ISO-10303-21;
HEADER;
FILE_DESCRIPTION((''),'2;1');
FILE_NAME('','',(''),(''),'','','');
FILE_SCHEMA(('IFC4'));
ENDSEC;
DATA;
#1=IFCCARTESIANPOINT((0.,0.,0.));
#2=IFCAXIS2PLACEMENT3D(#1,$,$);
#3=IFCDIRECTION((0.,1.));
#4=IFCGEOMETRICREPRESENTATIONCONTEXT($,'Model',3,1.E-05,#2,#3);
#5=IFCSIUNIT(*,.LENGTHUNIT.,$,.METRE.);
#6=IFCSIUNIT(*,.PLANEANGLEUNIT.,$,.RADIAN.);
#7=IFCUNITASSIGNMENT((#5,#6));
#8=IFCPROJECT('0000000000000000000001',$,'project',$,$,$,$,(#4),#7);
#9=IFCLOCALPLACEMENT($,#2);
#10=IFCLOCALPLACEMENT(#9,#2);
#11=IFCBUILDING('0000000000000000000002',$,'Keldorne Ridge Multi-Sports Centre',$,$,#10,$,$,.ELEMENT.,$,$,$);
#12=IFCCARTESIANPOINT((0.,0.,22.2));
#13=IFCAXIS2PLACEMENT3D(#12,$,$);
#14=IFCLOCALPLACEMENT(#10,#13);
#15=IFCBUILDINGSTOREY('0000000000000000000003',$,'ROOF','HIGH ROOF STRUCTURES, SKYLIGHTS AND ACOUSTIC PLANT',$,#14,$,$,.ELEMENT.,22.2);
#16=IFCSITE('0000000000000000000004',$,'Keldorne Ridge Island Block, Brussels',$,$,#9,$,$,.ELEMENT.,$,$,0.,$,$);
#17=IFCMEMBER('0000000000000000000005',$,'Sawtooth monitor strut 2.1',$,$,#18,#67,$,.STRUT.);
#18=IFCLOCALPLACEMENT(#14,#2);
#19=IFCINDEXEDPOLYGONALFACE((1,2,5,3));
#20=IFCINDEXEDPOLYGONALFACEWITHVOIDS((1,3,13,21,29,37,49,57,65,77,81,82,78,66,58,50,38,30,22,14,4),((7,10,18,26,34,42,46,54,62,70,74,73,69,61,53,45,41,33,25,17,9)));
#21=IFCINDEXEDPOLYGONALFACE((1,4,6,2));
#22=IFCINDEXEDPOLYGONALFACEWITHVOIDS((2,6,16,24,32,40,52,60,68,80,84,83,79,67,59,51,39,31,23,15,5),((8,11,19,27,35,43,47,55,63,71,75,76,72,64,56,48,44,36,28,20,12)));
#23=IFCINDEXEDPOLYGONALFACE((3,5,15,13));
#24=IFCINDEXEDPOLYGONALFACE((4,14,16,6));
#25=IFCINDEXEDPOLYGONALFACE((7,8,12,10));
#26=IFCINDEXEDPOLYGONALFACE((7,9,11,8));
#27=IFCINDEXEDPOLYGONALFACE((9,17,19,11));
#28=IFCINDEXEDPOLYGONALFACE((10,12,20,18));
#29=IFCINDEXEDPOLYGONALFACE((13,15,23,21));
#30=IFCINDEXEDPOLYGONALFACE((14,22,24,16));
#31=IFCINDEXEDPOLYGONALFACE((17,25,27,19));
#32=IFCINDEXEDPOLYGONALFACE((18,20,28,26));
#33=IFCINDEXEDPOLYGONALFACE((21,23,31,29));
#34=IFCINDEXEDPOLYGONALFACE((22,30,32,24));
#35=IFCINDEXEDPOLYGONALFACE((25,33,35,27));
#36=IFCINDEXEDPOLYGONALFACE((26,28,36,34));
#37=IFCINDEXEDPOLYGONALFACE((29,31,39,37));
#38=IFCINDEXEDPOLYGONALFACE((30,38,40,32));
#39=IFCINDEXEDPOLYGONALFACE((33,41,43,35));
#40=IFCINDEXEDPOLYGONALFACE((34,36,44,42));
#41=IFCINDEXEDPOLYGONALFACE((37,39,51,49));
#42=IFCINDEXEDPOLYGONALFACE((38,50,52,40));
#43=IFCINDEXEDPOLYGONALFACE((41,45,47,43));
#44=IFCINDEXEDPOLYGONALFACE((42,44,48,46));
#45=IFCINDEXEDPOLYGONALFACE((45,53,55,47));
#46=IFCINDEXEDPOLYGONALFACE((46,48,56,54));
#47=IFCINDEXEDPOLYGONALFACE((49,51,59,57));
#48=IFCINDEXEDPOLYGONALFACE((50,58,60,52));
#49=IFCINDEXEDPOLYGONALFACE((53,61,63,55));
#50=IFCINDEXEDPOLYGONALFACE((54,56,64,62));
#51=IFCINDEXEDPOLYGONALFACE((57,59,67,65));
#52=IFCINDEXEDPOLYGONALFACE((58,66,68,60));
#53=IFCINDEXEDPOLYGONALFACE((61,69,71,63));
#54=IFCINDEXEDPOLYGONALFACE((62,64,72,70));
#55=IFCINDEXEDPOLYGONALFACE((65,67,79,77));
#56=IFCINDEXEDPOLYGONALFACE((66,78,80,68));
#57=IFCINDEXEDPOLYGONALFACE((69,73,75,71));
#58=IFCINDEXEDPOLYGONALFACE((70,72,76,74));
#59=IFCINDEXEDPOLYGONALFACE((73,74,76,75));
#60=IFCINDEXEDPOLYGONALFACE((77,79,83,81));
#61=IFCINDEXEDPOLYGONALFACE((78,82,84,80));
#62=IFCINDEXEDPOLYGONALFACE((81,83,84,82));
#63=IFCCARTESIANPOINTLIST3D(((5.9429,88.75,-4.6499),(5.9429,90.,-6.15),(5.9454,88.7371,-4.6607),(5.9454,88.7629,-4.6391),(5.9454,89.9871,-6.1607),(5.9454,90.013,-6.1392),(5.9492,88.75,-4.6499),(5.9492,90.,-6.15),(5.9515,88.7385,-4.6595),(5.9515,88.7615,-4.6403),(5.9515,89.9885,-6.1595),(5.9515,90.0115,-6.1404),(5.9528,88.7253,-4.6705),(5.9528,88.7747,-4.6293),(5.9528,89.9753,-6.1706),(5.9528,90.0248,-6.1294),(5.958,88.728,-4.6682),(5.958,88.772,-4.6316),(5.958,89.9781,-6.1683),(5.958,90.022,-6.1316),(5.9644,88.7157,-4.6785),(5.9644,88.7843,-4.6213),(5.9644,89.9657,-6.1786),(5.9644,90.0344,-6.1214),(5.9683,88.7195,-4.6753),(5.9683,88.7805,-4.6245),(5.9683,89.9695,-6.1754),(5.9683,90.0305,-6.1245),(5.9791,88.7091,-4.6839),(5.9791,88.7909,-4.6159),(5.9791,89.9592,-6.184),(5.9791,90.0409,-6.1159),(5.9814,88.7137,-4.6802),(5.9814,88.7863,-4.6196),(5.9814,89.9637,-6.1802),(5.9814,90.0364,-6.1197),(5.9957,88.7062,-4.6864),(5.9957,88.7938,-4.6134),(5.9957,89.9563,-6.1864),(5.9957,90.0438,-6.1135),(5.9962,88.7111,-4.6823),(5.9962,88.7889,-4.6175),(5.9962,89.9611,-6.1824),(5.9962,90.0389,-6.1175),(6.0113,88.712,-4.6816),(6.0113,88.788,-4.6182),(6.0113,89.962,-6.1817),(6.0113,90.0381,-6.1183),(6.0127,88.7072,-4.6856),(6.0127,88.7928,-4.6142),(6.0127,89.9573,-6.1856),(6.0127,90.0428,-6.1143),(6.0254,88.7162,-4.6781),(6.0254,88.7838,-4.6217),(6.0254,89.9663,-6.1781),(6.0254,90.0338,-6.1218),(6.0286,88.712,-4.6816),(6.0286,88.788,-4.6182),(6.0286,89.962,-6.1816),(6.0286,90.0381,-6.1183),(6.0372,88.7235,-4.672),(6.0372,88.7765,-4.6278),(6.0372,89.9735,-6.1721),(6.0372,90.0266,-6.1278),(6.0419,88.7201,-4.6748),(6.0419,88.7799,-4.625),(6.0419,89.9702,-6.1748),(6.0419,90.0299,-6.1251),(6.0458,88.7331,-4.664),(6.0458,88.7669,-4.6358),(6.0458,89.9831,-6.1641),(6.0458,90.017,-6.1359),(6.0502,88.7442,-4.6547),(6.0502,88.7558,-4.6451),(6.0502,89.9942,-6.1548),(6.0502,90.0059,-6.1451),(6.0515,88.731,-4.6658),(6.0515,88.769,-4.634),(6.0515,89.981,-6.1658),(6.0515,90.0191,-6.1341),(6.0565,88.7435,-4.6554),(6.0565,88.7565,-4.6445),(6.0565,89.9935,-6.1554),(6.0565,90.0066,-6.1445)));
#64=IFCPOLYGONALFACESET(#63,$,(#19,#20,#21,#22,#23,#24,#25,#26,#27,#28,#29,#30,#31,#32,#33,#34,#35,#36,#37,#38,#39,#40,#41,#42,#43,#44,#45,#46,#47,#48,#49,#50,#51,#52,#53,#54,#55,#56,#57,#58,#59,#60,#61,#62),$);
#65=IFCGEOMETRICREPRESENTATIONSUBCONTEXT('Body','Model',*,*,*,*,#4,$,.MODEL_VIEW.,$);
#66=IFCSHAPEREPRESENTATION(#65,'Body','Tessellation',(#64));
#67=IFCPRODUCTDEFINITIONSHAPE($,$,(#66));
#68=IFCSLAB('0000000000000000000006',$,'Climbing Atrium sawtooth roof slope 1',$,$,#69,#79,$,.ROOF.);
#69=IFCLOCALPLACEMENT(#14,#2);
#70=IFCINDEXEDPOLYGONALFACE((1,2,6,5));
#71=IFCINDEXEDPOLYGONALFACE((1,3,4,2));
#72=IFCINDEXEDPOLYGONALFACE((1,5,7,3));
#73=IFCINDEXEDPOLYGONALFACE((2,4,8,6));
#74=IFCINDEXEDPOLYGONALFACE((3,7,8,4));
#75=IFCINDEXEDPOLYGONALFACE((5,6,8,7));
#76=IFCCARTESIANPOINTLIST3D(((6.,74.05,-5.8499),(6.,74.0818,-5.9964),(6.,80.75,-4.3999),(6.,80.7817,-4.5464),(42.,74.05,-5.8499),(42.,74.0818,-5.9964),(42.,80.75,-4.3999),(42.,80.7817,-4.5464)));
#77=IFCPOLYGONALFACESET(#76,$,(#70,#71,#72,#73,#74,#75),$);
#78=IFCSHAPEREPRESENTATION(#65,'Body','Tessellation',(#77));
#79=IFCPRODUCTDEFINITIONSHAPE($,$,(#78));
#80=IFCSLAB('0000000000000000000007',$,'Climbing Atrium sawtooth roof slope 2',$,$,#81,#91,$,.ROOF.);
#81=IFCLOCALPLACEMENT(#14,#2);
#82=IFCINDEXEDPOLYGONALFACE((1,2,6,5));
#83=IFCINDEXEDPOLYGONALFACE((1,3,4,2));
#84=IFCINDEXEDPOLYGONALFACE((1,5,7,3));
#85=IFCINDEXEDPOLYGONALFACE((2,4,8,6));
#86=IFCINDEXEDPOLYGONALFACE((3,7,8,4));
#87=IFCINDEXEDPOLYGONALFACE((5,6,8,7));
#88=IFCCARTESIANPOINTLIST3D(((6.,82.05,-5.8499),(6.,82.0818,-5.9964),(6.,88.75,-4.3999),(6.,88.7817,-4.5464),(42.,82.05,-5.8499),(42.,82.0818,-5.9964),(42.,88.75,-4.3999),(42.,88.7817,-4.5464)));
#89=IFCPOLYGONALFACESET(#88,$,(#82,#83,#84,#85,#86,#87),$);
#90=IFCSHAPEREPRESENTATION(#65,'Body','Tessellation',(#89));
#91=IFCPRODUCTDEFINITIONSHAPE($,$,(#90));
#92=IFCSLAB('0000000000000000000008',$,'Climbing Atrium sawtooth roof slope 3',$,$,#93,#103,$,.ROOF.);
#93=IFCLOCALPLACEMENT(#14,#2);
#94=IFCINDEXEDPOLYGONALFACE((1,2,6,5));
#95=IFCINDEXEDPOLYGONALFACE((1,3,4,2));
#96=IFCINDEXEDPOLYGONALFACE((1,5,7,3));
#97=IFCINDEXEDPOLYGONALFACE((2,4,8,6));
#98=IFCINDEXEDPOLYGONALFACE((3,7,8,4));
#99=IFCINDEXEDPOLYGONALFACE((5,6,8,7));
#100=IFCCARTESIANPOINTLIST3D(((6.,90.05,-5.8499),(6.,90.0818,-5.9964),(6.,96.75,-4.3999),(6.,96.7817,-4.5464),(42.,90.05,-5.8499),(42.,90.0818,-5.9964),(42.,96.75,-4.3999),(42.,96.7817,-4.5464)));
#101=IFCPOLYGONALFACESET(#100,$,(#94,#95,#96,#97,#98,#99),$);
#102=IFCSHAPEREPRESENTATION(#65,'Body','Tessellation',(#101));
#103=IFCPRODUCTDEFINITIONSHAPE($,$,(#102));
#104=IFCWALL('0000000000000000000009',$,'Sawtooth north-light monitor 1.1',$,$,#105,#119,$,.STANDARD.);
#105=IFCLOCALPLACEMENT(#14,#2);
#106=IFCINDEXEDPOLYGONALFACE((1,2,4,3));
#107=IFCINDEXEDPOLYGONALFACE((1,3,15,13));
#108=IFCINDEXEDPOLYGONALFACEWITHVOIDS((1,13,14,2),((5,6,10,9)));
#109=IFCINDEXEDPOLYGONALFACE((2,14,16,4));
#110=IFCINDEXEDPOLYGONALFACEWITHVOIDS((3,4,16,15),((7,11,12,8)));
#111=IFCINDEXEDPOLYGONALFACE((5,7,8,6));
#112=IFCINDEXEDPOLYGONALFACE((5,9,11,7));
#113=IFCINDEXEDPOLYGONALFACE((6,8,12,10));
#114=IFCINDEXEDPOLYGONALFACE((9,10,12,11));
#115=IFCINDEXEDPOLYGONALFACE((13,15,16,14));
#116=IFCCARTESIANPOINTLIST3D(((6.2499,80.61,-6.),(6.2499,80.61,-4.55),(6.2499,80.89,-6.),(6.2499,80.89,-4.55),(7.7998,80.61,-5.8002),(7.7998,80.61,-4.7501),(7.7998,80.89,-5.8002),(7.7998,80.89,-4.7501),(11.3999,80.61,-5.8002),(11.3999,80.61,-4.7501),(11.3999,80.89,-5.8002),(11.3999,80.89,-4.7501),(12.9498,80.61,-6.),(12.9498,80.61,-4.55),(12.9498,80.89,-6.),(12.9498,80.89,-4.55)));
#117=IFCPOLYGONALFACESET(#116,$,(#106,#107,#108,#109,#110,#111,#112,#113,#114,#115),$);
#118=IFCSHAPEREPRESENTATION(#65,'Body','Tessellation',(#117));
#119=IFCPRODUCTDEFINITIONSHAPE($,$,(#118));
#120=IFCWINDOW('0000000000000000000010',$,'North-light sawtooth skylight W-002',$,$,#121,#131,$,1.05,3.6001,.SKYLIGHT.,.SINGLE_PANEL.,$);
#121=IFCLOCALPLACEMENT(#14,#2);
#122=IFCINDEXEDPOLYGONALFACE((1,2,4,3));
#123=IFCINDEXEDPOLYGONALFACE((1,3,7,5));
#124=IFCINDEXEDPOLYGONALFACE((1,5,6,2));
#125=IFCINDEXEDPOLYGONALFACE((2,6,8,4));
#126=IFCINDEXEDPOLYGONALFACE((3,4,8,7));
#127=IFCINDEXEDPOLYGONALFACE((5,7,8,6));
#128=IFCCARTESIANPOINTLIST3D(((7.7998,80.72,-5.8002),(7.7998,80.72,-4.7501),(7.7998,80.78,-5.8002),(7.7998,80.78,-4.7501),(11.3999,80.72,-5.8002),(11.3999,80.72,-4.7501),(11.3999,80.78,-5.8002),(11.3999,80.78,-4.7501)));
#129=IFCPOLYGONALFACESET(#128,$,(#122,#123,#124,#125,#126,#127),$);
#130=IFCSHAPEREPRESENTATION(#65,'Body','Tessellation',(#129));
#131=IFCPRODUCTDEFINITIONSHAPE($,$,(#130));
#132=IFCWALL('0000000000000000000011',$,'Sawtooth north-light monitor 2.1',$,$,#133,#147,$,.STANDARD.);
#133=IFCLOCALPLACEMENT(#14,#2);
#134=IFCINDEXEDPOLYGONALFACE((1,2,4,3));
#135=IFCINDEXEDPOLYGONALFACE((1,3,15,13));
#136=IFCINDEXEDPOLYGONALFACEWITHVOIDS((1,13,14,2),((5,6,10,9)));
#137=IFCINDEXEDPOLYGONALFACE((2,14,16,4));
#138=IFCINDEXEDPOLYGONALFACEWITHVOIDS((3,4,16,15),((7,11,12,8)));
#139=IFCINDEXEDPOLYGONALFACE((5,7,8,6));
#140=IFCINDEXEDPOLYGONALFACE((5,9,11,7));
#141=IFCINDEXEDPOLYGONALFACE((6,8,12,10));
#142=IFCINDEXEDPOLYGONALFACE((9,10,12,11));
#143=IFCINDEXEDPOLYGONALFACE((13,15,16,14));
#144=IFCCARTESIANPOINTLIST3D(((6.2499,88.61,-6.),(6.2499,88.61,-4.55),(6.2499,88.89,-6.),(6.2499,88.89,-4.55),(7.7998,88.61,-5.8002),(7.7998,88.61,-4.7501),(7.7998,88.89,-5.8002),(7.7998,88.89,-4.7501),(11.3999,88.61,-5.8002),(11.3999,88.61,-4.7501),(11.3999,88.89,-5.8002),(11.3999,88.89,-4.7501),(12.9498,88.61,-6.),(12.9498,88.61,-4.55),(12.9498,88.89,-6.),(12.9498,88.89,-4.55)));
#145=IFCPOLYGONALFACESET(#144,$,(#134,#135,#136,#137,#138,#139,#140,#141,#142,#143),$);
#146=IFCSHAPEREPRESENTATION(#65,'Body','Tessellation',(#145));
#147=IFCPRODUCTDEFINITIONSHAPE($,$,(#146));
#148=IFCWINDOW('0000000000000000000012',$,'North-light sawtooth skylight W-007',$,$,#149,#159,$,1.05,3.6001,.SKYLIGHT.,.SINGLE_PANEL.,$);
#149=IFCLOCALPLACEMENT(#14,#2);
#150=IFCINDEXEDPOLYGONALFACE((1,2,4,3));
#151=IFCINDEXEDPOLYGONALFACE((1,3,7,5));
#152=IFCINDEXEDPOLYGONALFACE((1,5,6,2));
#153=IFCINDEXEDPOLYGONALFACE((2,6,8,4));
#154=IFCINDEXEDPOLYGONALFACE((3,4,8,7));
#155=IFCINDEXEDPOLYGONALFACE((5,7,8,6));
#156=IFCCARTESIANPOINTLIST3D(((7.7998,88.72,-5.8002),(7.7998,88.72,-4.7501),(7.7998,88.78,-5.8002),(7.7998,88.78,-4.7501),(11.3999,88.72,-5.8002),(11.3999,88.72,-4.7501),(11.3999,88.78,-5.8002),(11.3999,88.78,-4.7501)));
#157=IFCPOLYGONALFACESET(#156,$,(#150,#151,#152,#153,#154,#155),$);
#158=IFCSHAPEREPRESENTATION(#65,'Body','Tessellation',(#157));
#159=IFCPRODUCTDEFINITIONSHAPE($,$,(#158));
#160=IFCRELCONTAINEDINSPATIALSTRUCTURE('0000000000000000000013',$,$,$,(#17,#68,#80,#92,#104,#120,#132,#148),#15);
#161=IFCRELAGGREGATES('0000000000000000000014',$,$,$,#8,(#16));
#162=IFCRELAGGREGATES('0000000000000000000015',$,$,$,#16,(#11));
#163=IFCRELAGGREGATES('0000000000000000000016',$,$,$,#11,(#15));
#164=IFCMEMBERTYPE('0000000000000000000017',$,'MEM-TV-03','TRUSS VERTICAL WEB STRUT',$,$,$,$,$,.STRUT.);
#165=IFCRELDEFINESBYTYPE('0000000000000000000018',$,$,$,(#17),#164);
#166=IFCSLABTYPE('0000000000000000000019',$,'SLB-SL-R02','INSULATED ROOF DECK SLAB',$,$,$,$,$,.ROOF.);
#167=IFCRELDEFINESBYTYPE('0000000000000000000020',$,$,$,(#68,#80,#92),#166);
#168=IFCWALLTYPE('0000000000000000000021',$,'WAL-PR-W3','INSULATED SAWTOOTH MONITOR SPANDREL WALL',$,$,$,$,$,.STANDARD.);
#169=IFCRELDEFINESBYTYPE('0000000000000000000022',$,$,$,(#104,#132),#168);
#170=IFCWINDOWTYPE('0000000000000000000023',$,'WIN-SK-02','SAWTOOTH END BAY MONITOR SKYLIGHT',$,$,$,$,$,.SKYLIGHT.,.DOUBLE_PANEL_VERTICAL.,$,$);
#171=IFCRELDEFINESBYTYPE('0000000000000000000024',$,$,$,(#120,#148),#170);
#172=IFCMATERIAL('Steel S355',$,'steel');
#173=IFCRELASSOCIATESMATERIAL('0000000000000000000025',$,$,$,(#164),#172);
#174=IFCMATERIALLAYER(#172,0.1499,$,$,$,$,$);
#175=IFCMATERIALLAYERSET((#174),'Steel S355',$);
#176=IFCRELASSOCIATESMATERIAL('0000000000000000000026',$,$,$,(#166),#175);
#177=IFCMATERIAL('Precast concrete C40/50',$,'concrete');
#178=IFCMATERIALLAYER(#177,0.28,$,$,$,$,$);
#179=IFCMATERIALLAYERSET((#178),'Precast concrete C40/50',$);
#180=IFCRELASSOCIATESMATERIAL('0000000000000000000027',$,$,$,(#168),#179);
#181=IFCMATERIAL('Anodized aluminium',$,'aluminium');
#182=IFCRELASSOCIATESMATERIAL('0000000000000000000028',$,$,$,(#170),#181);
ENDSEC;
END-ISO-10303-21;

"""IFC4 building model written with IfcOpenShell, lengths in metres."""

from ifc_helpers import new_model, si_unit, direction, frame, frame_2d, origin, origin_2d, place, context, subcontext, project, spatial, polyline, rectangle, hollow_circle, outline, extrude, material, layer, layer_set, material_profile, profile_set, type_object, element, fill, save


model = new_model("IFC4")

# Units and contexts
model_context = context("Model", 3, precision=1e-05, world=origin(), true_north=direction((0.0, 1.0)))
body_context = subcontext(model_context, "Body", "Model", "MODEL_VIEW")
ifc_project = project(units=[si_unit("LENGTHUNIT", "METRE"), si_unit("PLANEANGLEUNIT", "RADIAN")], contexts=[model_context])

# Site, building, storey
site_placement = place(None, origin())
site = spatial("IfcSite", under=ifc_project, at=site_placement, Name="Keldorne Ridge Island Block, Brussels", CompositionType="ELEMENT", RefElevation=0.0)
building_placement = place(site_placement, origin())
building = spatial("IfcBuilding", under=site, at=building_placement, Name="Keldorne Ridge Multi-Sports Centre", CompositionType="ELEMENT")
storey_placement = place(building_placement, frame((0.0, 0.0, 22.2)))
storey = spatial("IfcBuildingStorey", under=building, at=storey_placement, Name="ROOF", Description="HIGH ROOF STRUCTURES, SKYLIGHTS AND ACOUSTIC PLANT", CompositionType="ELEMENT", Elevation=22.2)

# Shared definitions
ifc_material_1 = material(Name="Steel S355", Category="steel")

# Member
ifc_material_profile_1 = material_profile(ifc_material_1, hollow_circle(Radius=0.0571, WallThickness=0.0063, at=origin_2d()), Name="CHS 114.3x6.3")
ifc_profile_set_1 = profile_set([ifc_material_profile_1], Name="Steel S355")
member_type_1 = type_object("IfcMemberType", Name="MEM-TV-03", Description="TRUSS VERTICAL WEB STRUT", PredefinedType="STRUT", material=ifc_profile_set_1)
member_1_placement = place(storey_placement, frame((6.0, 88.75, -4.6499), z_axis=(0.0, 0.640184, -0.768221), x_axis=(-1.0, 0.0, 0.0)))
element("IfcMember", 1, at=member_1_placement, inside=storey, type_object=member_type_1, Name="Sawtooth monitor strut 2.1", PredefinedType="STRUT", context=body_context, shape_type="SweptSolid", body=[
    extrude(hollow_circle(Radius=0.0571, WallThickness=0.0063, at=origin_2d()), origin(), (0.0, 0.0, 1.0), 1.9526),
])

# Slabs
ifc_layer_1 = layer(ifc_material_1, 0.1499)
ifc_layer_set_1 = layer_set([ifc_layer_1], Name="Steel S355")
slab_type = type_object("IfcSlabType", Name="SLB-SL-R02", Description="INSULATED ROOF DECK SLAB", PredefinedType="ROOF", material=ifc_layer_set_1)
for number, where, z_axis, x_axis, name in (
    (2, (6.0, 74.05, -5.8499), (0.0, -0.211516, 0.977375), (1.0, 0.0, 0.0), "Climbing Atrium sawtooth roof slope 1"),
    (3, (6.0, 82.05, -5.8499), (0.0, -0.211516, 0.977375), (1.0, 0.0, 0.0), "Climbing Atrium sawtooth roof slope 2"),
    (4, (6.0, 90.05, -5.8499), (0.0, -0.211516, 0.977375), (1.0, 0.0, 0.0), "Climbing Atrium sawtooth roof slope 3"),
):
    element("IfcSlab", number, at=place(storey_placement, frame(where, z_axis=z_axis, x_axis=x_axis)), inside=storey, type_object=slab_type, Name=name, PredefinedType="ROOF", context=body_context, shape_type="SweptSolid", body=[
        extrude(outline(polyline([(0.0, 0.0), (36.0, 0.0), (36.0, 6.855), (0.0, 6.855), (0.0, 0.0)])), origin(), (0.0, 0.0, -1.0), 0.1499),
    ])

# Walls, openings, windows
ifc_material_2 = material(Name="Precast concrete C40/50", Category="concrete")
ifc_layer_2 = layer(ifc_material_2, 0.28)
ifc_layer_set_2 = layer_set([ifc_layer_2], Name="Precast concrete C40/50")
wall_type = type_object("IfcWallType", Name="WAL-PR-W3", Description="INSULATED SAWTOOTH MONITOR SPANDREL WALL", PredefinedType="STANDARD", material=ifc_layer_set_2)
wall_1_placement = place(storey_placement, frame((12.95, 80.75, -6.0), z_axis=(0.0, 0.0, 1.0), x_axis=(-1.0, 0.0, 0.0)))
wall_1 = element("IfcWall", 5, at=wall_1_placement, inside=storey, type_object=wall_type, Name="Sawtooth north-light monitor 1.1", PredefinedType="STANDARD", context=body_context, shape_type="SweptSolid", body=[
    extrude(rectangle(XDim=6.7, YDim=0.28, at=frame_2d((3.3501, 0.0))), origin(), (0.0, 0.0, 1.0), 1.45),
])
opening_1_placement = place(wall_1_placement, frame((1.55, 0.0, 0.2)))
opening_1 = element("IfcOpeningElement", 6, at=opening_1_placement, cuts=wall_1, PredefinedType="OPENING", context=body_context, shape_type="SweptSolid", body=[
    extrude(rectangle(XDim=3.6001, YDim=1.05, at=frame_2d((1.8, 0.5249))), frame((0.0, 0.1499, 0.0), z_axis=(0.0, -1.0, 0.0), x_axis=(1.0, 0.0, 0.0)), (0.0, 0.0, 1.0), 0.3),
])
ifc_material_3 = material(Name="Anodized aluminium", Category="aluminium")
window_type = type_object("IfcWindowType", Name="WIN-SK-02", Description="SAWTOOTH END BAY MONITOR SKYLIGHT", PartitioningType="DOUBLE_PANEL_VERTICAL", PredefinedType="SKYLIGHT", material=ifc_material_3)
window_1_placement = place(opening_1_placement, origin())
window_1 = element("IfcWindow", 7, at=window_1_placement, inside=storey, type_object=window_type, Name="North-light sawtooth skylight W-002", OverallHeight=1.05, OverallWidth=3.6001, PartitioningType="SINGLE_PANEL", PredefinedType="SKYLIGHT", context=body_context, shape_type="SweptSolid", body=[
    extrude(rectangle(XDim=3.6001, YDim=1.05, at=frame_2d((1.8, 0.5249))), frame((0.0, 0.03, 0.0), z_axis=(0.0, -1.0, 0.0), x_axis=(1.0, 0.0, 0.0)), (0.0, 0.0, 1.0), 0.0601),
])
fill(opening_1, window_1)
wall_2_placement = place(storey_placement, frame((12.95, 88.75, -6.0), z_axis=(0.0, 0.0, 1.0), x_axis=(-1.0, 0.0, 0.0)))
wall_2 = element("IfcWall", 8, at=wall_2_placement, inside=storey, type_object=wall_type, Name="Sawtooth north-light monitor 2.1", PredefinedType="STANDARD", context=body_context, shape_type="SweptSolid", body=[
    extrude(rectangle(XDim=6.7, YDim=0.28, at=frame_2d((3.3501, 0.0))), origin(), (0.0, 0.0, 1.0), 1.45),
])
opening_2_placement = place(wall_2_placement, frame((1.55, 0.0, 0.2)))
opening_2 = element("IfcOpeningElement", 9, at=opening_2_placement, cuts=wall_2, PredefinedType="OPENING", context=body_context, shape_type="SweptSolid", body=[
    extrude(rectangle(XDim=3.6001, YDim=1.05, at=frame_2d((1.8, 0.5249))), frame((0.0, 0.1499, 0.0), z_axis=(0.0, -1.0, 0.0), x_axis=(1.0, 0.0, 0.0)), (0.0, 0.0, 1.0), 0.3),
])
window_2_placement = place(opening_2_placement, origin())
window_2 = element("IfcWindow", 10, at=window_2_placement, inside=storey, type_object=window_type, Name="North-light sawtooth skylight W-007", OverallHeight=1.05, OverallWidth=3.6001, PartitioningType="SINGLE_PANEL", PredefinedType="SKYLIGHT", context=body_context, shape_type="SweptSolid", body=[
    extrude(rectangle(XDim=3.6001, YDim=1.05, at=frame_2d((1.8, 0.5249))), frame((0.0, 0.03, 0.0), z_axis=(0.0, -1.0, 0.0), x_axis=(1.0, 0.0, 0.0)), (0.0, 0.0, 1.0), 0.0601),
])
fill(opening_2, window_2)

save(model, "model.ifc")
